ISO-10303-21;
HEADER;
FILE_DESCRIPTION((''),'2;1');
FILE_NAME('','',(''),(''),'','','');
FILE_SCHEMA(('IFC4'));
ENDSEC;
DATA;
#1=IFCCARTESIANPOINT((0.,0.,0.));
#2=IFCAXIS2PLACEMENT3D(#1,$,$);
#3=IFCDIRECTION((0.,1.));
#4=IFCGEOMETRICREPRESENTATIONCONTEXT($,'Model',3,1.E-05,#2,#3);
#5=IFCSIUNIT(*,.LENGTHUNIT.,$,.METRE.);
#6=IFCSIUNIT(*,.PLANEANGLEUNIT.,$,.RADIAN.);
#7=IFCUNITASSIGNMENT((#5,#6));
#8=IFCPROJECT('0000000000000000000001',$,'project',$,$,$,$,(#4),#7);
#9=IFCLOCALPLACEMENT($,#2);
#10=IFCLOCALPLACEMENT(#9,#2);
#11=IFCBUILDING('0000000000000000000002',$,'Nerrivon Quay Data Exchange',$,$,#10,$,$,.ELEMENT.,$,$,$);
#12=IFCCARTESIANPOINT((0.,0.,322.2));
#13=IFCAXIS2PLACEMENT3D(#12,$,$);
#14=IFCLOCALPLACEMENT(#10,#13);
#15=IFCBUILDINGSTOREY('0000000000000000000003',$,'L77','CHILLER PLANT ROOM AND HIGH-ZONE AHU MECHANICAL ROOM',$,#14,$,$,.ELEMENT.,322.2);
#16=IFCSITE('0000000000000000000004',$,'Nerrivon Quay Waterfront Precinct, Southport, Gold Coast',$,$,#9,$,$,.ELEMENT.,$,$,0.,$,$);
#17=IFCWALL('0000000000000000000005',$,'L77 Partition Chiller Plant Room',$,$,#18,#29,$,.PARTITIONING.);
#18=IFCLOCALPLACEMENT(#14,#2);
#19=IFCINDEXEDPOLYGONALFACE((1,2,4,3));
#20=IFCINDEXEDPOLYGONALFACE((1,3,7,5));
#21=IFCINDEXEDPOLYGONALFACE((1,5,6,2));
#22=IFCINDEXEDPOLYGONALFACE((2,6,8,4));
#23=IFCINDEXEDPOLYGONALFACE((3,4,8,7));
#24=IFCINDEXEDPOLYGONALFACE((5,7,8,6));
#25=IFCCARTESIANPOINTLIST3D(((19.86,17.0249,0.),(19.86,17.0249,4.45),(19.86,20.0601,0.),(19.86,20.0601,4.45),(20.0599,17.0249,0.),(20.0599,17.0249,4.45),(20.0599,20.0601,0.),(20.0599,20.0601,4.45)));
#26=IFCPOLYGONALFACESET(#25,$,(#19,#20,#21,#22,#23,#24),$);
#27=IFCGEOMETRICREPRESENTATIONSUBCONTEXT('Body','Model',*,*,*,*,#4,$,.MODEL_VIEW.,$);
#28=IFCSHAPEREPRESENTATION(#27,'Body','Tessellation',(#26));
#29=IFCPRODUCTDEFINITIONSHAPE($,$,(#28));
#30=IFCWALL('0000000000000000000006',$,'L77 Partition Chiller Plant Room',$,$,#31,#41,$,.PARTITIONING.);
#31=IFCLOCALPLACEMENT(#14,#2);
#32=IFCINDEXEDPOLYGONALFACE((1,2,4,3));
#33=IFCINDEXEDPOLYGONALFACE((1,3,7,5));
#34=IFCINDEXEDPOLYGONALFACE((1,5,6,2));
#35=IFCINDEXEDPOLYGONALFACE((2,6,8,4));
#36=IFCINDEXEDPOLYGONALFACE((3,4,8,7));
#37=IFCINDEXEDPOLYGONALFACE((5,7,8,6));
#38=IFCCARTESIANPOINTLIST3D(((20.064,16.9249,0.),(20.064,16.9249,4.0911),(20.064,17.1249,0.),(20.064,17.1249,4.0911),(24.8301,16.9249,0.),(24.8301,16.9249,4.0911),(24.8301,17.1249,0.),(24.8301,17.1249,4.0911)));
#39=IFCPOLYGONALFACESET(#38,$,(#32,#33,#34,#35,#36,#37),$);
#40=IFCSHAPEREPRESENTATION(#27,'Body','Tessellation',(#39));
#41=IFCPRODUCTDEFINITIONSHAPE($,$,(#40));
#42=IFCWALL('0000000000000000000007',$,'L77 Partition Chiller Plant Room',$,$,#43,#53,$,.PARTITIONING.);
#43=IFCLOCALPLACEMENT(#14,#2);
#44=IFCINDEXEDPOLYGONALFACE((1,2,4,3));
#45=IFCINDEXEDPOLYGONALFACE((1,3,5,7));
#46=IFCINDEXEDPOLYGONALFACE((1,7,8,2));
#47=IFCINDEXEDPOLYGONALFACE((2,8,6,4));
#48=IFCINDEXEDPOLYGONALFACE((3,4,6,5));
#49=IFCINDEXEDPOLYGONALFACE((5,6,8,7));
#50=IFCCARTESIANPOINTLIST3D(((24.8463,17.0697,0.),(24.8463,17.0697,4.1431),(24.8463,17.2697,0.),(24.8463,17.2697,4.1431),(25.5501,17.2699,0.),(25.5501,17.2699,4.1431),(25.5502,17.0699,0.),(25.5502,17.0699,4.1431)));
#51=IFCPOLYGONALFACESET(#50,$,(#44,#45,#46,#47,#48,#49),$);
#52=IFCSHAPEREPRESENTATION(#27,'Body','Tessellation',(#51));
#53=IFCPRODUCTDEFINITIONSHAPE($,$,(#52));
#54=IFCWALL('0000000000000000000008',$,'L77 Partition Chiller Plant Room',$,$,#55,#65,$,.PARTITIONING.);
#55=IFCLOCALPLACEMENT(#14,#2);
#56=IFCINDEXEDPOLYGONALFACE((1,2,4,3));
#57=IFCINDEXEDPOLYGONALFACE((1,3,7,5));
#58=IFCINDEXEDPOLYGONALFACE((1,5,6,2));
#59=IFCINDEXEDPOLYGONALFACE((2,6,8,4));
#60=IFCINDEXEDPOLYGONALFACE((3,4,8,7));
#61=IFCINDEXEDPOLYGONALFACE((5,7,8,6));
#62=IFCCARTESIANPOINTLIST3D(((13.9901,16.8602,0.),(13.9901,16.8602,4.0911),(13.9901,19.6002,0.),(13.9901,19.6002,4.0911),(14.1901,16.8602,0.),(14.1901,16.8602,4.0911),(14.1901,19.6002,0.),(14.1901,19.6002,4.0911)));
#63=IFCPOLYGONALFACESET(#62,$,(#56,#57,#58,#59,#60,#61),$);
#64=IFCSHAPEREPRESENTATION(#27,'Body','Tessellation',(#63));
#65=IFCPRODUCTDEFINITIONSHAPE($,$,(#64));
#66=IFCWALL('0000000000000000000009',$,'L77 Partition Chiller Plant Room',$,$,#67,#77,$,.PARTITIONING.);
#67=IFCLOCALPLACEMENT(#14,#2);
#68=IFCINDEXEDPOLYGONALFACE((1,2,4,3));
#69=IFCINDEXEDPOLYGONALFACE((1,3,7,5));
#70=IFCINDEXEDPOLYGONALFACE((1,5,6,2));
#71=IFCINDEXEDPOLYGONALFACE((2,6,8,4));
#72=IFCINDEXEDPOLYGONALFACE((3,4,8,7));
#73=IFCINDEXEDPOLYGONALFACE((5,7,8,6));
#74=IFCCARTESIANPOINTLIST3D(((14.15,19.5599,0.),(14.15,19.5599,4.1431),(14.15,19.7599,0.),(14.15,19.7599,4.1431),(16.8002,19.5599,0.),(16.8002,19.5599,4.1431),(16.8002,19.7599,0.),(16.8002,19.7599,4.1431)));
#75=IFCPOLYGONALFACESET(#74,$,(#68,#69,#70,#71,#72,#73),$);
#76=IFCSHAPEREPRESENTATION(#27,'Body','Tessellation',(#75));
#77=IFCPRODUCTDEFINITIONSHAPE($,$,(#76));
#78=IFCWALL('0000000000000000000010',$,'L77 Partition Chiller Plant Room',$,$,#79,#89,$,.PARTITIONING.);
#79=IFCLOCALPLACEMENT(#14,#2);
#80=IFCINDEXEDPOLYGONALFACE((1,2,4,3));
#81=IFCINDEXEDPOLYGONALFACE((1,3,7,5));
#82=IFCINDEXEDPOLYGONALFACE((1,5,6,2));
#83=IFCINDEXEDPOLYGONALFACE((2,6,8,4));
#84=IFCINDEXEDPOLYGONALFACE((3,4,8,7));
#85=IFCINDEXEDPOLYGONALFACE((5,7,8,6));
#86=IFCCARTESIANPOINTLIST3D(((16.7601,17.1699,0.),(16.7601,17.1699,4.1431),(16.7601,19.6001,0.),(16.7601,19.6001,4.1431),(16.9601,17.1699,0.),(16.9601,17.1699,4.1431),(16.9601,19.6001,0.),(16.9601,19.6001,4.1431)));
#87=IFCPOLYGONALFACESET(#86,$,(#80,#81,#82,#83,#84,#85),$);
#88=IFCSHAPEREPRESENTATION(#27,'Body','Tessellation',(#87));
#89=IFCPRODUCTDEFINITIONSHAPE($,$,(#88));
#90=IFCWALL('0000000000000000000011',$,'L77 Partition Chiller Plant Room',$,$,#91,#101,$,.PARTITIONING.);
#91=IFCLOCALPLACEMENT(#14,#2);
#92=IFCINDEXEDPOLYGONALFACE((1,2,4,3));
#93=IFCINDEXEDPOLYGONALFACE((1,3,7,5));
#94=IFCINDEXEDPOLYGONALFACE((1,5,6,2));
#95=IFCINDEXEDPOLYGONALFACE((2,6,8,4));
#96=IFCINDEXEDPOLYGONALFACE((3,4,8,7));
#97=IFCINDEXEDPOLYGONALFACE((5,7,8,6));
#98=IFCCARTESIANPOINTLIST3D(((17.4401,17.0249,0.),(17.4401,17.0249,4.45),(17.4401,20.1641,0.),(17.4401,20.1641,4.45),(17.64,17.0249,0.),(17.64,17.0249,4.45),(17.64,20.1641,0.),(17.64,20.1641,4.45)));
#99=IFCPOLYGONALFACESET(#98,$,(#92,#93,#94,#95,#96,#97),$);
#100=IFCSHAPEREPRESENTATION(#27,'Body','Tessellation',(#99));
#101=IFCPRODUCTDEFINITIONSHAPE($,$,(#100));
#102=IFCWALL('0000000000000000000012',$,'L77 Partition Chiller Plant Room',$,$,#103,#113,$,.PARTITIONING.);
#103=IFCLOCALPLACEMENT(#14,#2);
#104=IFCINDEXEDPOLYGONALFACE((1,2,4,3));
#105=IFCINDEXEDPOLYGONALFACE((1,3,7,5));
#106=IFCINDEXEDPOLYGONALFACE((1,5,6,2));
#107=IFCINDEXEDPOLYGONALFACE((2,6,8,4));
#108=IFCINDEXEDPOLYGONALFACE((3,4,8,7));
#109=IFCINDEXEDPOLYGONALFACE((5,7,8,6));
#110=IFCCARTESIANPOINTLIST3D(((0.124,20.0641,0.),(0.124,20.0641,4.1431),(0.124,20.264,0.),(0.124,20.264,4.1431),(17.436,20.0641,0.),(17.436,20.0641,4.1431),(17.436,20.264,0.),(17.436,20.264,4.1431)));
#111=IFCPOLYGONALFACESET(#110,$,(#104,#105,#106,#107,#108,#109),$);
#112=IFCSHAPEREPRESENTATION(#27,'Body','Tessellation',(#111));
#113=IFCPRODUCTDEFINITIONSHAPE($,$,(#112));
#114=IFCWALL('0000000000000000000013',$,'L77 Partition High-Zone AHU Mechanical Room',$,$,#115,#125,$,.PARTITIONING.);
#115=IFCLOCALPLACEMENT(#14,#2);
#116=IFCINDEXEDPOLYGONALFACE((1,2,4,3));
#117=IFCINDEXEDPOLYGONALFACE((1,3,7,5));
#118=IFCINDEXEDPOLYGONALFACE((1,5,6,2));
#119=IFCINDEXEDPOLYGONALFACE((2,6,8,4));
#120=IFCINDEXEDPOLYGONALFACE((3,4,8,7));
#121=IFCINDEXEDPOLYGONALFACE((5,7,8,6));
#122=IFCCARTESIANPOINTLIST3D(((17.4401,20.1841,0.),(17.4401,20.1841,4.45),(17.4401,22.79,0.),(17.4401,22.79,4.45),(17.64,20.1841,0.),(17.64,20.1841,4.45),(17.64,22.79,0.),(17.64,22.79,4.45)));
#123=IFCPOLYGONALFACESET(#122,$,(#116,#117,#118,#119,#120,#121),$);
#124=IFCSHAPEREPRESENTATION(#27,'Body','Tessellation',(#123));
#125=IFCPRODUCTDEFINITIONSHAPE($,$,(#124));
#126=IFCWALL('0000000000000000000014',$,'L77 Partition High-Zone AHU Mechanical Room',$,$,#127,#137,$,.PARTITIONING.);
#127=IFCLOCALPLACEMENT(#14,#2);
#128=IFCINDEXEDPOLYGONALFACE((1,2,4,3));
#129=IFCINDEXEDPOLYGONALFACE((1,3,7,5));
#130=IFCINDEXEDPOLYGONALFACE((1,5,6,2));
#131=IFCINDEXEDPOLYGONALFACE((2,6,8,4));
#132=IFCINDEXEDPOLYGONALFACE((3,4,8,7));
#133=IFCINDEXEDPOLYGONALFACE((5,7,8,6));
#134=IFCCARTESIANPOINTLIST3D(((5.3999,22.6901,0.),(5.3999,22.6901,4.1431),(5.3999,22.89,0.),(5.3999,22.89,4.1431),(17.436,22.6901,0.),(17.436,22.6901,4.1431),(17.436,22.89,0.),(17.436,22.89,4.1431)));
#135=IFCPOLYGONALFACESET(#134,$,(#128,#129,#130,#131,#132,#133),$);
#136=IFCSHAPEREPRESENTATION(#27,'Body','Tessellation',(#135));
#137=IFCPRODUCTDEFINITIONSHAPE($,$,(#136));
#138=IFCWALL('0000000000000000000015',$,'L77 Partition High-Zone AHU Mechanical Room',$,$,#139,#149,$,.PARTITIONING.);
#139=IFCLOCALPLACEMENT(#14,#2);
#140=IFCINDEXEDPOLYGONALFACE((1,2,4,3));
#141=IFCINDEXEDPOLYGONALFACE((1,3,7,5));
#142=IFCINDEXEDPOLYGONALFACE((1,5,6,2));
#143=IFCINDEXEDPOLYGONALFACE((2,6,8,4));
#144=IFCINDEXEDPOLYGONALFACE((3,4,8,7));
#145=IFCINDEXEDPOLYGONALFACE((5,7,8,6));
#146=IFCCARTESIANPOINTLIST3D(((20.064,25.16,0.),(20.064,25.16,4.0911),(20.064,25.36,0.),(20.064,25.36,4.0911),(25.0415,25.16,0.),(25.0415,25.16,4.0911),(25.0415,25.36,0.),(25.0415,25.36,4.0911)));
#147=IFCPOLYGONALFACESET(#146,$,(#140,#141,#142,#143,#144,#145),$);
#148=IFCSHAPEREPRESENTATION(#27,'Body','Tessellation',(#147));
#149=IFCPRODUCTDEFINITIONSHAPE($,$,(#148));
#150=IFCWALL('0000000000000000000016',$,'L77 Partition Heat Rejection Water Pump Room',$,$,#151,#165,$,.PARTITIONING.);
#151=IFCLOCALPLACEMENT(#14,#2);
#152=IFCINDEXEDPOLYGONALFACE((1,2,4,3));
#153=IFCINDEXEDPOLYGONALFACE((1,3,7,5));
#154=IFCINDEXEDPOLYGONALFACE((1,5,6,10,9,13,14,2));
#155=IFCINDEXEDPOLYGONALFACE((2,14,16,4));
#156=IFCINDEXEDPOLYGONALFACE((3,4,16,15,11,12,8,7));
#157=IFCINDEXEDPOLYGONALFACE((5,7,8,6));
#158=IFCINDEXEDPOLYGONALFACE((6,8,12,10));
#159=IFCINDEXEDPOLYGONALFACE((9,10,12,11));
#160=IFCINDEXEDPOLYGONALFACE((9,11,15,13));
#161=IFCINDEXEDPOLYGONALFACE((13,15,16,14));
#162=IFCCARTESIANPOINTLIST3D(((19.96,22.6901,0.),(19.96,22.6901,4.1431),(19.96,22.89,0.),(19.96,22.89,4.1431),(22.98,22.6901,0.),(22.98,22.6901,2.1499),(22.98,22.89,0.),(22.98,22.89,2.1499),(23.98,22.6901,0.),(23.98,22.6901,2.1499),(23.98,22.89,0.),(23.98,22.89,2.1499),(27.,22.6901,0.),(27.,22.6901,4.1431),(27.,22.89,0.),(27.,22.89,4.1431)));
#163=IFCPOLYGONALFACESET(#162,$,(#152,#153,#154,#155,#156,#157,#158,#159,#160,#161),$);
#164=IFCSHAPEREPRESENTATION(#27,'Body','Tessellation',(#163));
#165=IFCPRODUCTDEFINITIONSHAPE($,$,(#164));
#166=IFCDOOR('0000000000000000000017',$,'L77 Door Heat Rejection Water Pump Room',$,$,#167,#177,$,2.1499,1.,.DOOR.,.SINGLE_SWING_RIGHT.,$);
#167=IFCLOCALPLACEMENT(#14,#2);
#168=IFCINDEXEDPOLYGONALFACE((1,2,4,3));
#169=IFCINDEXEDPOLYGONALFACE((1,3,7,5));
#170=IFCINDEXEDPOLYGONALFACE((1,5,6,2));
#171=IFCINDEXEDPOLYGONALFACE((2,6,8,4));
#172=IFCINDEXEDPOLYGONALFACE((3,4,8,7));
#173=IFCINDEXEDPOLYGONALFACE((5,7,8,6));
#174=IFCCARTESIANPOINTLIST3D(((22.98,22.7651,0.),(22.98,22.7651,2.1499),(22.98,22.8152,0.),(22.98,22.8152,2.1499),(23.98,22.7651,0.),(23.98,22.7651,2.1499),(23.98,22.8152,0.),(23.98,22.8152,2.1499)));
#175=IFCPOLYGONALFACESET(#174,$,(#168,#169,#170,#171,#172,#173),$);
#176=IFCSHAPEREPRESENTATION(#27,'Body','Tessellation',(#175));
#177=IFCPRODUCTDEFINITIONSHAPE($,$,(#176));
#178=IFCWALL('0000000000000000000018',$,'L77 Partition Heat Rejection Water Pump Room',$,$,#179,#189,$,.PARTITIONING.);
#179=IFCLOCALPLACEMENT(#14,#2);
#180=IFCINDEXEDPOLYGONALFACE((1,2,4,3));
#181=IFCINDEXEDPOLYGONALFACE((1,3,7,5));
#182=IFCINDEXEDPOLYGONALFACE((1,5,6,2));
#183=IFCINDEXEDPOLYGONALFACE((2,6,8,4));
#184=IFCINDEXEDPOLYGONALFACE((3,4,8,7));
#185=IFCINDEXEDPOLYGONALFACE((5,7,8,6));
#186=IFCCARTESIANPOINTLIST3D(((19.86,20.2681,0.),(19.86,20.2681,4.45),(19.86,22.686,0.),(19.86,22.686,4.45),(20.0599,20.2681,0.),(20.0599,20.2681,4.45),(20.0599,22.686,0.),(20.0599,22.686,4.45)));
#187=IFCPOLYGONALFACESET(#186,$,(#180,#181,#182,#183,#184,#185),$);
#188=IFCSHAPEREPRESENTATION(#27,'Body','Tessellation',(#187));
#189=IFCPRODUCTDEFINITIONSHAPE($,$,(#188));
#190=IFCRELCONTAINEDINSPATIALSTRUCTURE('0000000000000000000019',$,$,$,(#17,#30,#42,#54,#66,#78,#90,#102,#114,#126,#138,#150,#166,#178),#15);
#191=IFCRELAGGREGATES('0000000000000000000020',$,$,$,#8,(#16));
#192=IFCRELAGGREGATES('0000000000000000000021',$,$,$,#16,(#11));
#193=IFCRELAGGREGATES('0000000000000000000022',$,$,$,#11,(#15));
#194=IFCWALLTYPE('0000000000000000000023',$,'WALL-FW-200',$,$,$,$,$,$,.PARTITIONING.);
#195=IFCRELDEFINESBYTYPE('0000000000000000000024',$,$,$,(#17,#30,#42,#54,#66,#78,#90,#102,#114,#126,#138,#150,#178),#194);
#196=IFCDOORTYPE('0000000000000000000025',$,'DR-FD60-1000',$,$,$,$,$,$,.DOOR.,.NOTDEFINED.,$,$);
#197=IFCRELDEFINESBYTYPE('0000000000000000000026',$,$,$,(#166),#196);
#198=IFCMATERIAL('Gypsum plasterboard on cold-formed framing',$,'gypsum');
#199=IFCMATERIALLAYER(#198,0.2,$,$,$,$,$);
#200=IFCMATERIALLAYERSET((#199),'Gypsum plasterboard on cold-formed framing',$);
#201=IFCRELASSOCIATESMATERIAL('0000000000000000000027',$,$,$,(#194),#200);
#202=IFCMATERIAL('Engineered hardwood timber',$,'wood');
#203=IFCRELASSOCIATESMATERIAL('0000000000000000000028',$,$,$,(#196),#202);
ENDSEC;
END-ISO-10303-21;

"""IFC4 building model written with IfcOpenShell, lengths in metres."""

from ifc_helpers import new_model, si_unit, direction, frame, frame_2d, origin, place, context, subcontext, project, spatial, rectangle, extrude, material, layer, layer_set, type_object, element, fill, save


model = new_model("IFC4")

# Units and contexts
model_context = context("Model", 3, precision=1e-05, world=origin(), true_north=direction((0.0, 1.0)))
body_context = subcontext(model_context, "Body", "Model", "MODEL_VIEW")
ifc_project = project(units=[si_unit("LENGTHUNIT", "METRE"), si_unit("PLANEANGLEUNIT", "RADIAN")], contexts=[model_context])

# Site, building, storey
site_placement = place(None, origin())
site = spatial("IfcSite", under=ifc_project, at=site_placement, Name="Nerrivon Quay Waterfront Precinct, Southport, Gold Coast", CompositionType="ELEMENT", RefElevation=0.0)
building_placement = place(site_placement, origin())
building = spatial("IfcBuilding", under=site, at=building_placement, Name="Nerrivon Quay Data Exchange", CompositionType="ELEMENT")
storey_placement = place(building_placement, frame((0.0, 0.0, 322.2)))
storey = spatial("IfcBuildingStorey", under=building, at=storey_placement, Name="L77", Description="CHILLER PLANT ROOM AND HIGH-ZONE AHU MECHANICAL ROOM", CompositionType="ELEMENT", Elevation=322.2)

# Walls
ifc_material_1 = material(Name="Gypsum plasterboard on cold-formed framing", Category="gypsum")
ifc_layer_1 = layer(ifc_material_1, 0.2)
ifc_layer_set_1 = layer_set([ifc_layer_1], Name="Gypsum plasterboard on cold-formed framing")
wall_type_1 = type_object("IfcWallType", Name="WALL-FW-200", PredefinedType="PARTITIONING", material=ifc_layer_set_1)
wall_1_placement = place(storey_placement, frame((19.96, 20.0601, 0.0), z_axis=(0.0, 0.0, 1.0), x_axis=(0.0, -1.0, 0.0)))
element("IfcWall", 1, at=wall_1_placement, inside=storey, type_object=wall_type_1, Name="L77 Partition Chiller Plant Room", PredefinedType="PARTITIONING", context=body_context, shape_type="SweptSolid", body=[
    extrude(rectangle(XDim=3.0352, YDim=0.2, at=frame_2d((1.5176, 0.0))), origin(), (0.0, 0.0, 1.0), 4.45),
])
wall_2_placement = place(storey_placement, frame((20.064, 17.0249, 0.0), z_axis=(0.0, 0.0, 1.0), x_axis=(1.0, 0.0, 0.0)))
element("IfcWall", 2, at=wall_2_placement, inside=storey, type_object=wall_type_1, Name="L77 Partition Chiller Plant Room", PredefinedType="PARTITIONING", context=body_context, shape_type="SweptSolid", body=[
    extrude(rectangle(XDim=4.7661, YDim=0.2, at=frame_2d((2.3831, 0.0))), origin(), (0.0, 0.0, 1.0), 4.0911),
])
wall_3_placement = place(storey_placement, frame((24.8462, 17.1697, 0.0), z_axis=(0.0, 0.0, 1.0), x_axis=(1.0, 0.000347, 0.0)))
element("IfcWall", 3, at=wall_3_placement, inside=storey, type_object=wall_type_1, Name="L77 Partition Chiller Plant Room", PredefinedType="PARTITIONING", context=body_context, shape_type="SweptSolid", body=[
    extrude(rectangle(XDim=0.7039, YDim=0.2, at=frame_2d((0.3521, 0.0))), origin(), (0.0, 0.0, 1.0), 4.1431),
])
wall_4_placement = place(storey_placement, frame((14.0901, 16.8601, 0.0), z_axis=(0.0, 0.0, 1.0), x_axis=(0.0, 1.0, 0.0)))
element("IfcWall", 4, at=wall_4_placement, inside=storey, type_object=wall_type_1, Name="L77 Partition Chiller Plant Room", PredefinedType="PARTITIONING", context=body_context, shape_type="SweptSolid", body=[
    extrude(rectangle(XDim=2.74, YDim=0.2, at=frame_2d((1.3701, 0.0))), origin(), (0.0, 0.0, 1.0), 4.0911),
])
wall_5_placement = place(storey_placement, frame((14.1499, 19.6599, 0.0), z_axis=(0.0, 0.0, 1.0), x_axis=(1.0, 0.0, 0.0)))
element("IfcWall", 5, at=wall_5_placement, inside=storey, type_object=wall_type_1, Name="L77 Partition Chiller Plant Room", PredefinedType="PARTITIONING", context=body_context, shape_type="SweptSolid", body=[
    extrude(rectangle(XDim=2.6501, YDim=0.2, at=frame_2d((1.3252, 0.0))), origin(), (0.0, 0.0, 1.0), 4.1431),
])
wall_6_placement = place(storey_placement, frame((16.8601, 19.6001, 0.0), z_axis=(0.0, 0.0, 1.0), x_axis=(0.0, -1.0, 0.0)))
element("IfcWall", 6, at=wall_6_placement, inside=storey, type_object=wall_type_1, Name="L77 Partition Chiller Plant Room", PredefinedType="PARTITIONING", context=body_context, shape_type="SweptSolid", body=[
    extrude(rectangle(XDim=2.4302, YDim=0.2, at=frame_2d((1.2151, 0.0))), origin(), (0.0, 0.0, 1.0), 4.1431),
])
wall_7_placement = place(storey_placement, frame((17.54, 17.0249, 0.0), z_axis=(0.0, 0.0, 1.0), x_axis=(0.0, 1.0, 0.0)))
element("IfcWall", 7, at=wall_7_placement, inside=storey, type_object=wall_type_1, Name="L77 Partition Chiller Plant Room", PredefinedType="PARTITIONING", context=body_context, shape_type="SweptSolid", body=[
    extrude(rectangle(XDim=3.1392, YDim=0.2, at=frame_2d((1.5696, 0.0))), origin(), (0.0, 0.0, 1.0), 4.45),
])
wall_8_placement = place(storey_placement, frame((17.436, 20.1641, 0.0), z_axis=(0.0, 0.0, 1.0), x_axis=(-1.0, 0.0, 0.0)))
element("IfcWall", 8, at=wall_8_placement, inside=storey, type_object=wall_type_1, Name="L77 Partition Chiller Plant Room", PredefinedType="PARTITIONING", context=body_context, shape_type="SweptSolid", body=[
    extrude(rectangle(XDim=17.312, YDim=0.2, at=frame_2d((8.656, 0.0))), origin(), (0.0, 0.0, 1.0), 4.1431),
])
wall_9_placement = place(storey_placement, frame((17.54, 20.1841, 0.0), z_axis=(0.0, 0.0, 1.0), x_axis=(0.0, 1.0, 0.0)))
element("IfcWall", 9, at=wall_9_placement, inside=storey, type_object=wall_type_1, Name="L77 Partition High-Zone AHU Mechanical Room", PredefinedType="PARTITIONING", context=body_context, shape_type="SweptSolid", body=[
    extrude(rectangle(XDim=2.606, YDim=0.2, at=frame_2d((1.303, 0.0))), origin(), (0.0, 0.0, 1.0), 4.45),
])
wall_10_placement = place(storey_placement, frame((17.436, 22.79, 0.0), z_axis=(0.0, 0.0, 1.0), x_axis=(-1.0, 0.0, 0.0)))
element("IfcWall", 10, at=wall_10_placement, inside=storey, type_object=wall_type_1, Name="L77 Partition High-Zone AHU Mechanical Room", PredefinedType="PARTITIONING", context=body_context, shape_type="SweptSolid", body=[
    extrude(rectangle(XDim=12.0361, YDim=0.2, at=frame_2d((6.0181, 0.0))), origin(), (0.0, 0.0, 1.0), 4.1431),
])
wall_11_placement = place(storey_placement, frame((20.064, 25.26, 0.0), z_axis=(0.0, 0.0, 1.0), x_axis=(1.0, 0.0, 0.0)))
element("IfcWall", 11, at=wall_11_placement, inside=storey, type_object=wall_type_1, Name="L77 Partition High-Zone AHU Mechanical Room", PredefinedType="PARTITIONING", context=body_context, shape_type="SweptSolid", body=[
    extrude(rectangle(XDim=4.9775, YDim=0.2, at=frame_2d((2.4888, 0.0))), origin(), (0.0, 0.0, 1.0), 4.0911),
])

# Wall, opening, door
wall_12_placement = place(storey_placement, frame((27.0, 22.79, 0.0), z_axis=(0.0, 0.0, 1.0), x_axis=(-1.0, 0.0, 0.0)))
wall_12 = element("IfcWall", 12, at=wall_12_placement, inside=storey, type_object=wall_type_1, Name="L77 Partition Heat Rejection Water Pump Room", PredefinedType="PARTITIONING", context=body_context, shape_type="SweptSolid", body=[
    extrude(rectangle(XDim=7.04, YDim=0.2, at=frame_2d((3.52, 0.0))), origin(), (0.0, 0.0, 1.0), 4.1431),
])
opening_placement = place(wall_12_placement, frame((3.02, 0.0, 0.0)))
opening = element("IfcOpeningElement", 13, at=opening_placement, cuts=wall_12, PredefinedType="OPENING", context=body_context, shape_type="SweptSolid", body=[
    extrude(rectangle(XDim=1.0, YDim=2.1499, at=frame_2d((0.5, 1.075))), frame((0.0, 0.1099, 0.0), z_axis=(0.0, -1.0, 0.0), x_axis=(1.0, 0.0, 0.0)), (0.0, 0.0, 1.0), 0.22),
])
ifc_material_2 = material(Name="Engineered hardwood timber", Category="wood")
door_type = type_object("IfcDoorType", Name="DR-FD60-1000", OperationType="NOTDEFINED", PredefinedType="DOOR", material=ifc_material_2)
door_placement = place(opening_placement, origin())
door = element("IfcDoor", 14, at=door_placement, inside=storey, type_object=door_type, Name="L77 Door Heat Rejection Water Pump Room", OperationType="SINGLE_SWING_RIGHT", OverallHeight=2.1499, OverallWidth=1.0, PredefinedType="DOOR", context=body_context, shape_type="SweptSolid", body=[
    extrude(rectangle(XDim=1.0, YDim=2.1499, at=frame_2d((0.5, 1.075))), frame((0.0, 0.0249, 0.0), z_axis=(0.0, -1.0, 0.0), x_axis=(1.0, 0.0, 0.0)), (0.0, 0.0, 1.0), 0.05),
])
fill(opening, door)

# Wall
wall_13_placement = place(storey_placement, frame((19.96, 22.686, 0.0), z_axis=(0.0, 0.0, 1.0), x_axis=(0.0, -1.0, 0.0)))
element("IfcWall", 15, at=wall_13_placement, inside=storey, type_object=wall_type_1, Name="L77 Partition Heat Rejection Water Pump Room", PredefinedType="PARTITIONING", context=body_context, shape_type="SweptSolid", body=[
    extrude(rectangle(XDim=2.418, YDim=0.2, at=frame_2d((1.209, 0.0))), origin(), (0.0, 0.0, 1.0), 4.45),
])

save(model, "model.ifc")
